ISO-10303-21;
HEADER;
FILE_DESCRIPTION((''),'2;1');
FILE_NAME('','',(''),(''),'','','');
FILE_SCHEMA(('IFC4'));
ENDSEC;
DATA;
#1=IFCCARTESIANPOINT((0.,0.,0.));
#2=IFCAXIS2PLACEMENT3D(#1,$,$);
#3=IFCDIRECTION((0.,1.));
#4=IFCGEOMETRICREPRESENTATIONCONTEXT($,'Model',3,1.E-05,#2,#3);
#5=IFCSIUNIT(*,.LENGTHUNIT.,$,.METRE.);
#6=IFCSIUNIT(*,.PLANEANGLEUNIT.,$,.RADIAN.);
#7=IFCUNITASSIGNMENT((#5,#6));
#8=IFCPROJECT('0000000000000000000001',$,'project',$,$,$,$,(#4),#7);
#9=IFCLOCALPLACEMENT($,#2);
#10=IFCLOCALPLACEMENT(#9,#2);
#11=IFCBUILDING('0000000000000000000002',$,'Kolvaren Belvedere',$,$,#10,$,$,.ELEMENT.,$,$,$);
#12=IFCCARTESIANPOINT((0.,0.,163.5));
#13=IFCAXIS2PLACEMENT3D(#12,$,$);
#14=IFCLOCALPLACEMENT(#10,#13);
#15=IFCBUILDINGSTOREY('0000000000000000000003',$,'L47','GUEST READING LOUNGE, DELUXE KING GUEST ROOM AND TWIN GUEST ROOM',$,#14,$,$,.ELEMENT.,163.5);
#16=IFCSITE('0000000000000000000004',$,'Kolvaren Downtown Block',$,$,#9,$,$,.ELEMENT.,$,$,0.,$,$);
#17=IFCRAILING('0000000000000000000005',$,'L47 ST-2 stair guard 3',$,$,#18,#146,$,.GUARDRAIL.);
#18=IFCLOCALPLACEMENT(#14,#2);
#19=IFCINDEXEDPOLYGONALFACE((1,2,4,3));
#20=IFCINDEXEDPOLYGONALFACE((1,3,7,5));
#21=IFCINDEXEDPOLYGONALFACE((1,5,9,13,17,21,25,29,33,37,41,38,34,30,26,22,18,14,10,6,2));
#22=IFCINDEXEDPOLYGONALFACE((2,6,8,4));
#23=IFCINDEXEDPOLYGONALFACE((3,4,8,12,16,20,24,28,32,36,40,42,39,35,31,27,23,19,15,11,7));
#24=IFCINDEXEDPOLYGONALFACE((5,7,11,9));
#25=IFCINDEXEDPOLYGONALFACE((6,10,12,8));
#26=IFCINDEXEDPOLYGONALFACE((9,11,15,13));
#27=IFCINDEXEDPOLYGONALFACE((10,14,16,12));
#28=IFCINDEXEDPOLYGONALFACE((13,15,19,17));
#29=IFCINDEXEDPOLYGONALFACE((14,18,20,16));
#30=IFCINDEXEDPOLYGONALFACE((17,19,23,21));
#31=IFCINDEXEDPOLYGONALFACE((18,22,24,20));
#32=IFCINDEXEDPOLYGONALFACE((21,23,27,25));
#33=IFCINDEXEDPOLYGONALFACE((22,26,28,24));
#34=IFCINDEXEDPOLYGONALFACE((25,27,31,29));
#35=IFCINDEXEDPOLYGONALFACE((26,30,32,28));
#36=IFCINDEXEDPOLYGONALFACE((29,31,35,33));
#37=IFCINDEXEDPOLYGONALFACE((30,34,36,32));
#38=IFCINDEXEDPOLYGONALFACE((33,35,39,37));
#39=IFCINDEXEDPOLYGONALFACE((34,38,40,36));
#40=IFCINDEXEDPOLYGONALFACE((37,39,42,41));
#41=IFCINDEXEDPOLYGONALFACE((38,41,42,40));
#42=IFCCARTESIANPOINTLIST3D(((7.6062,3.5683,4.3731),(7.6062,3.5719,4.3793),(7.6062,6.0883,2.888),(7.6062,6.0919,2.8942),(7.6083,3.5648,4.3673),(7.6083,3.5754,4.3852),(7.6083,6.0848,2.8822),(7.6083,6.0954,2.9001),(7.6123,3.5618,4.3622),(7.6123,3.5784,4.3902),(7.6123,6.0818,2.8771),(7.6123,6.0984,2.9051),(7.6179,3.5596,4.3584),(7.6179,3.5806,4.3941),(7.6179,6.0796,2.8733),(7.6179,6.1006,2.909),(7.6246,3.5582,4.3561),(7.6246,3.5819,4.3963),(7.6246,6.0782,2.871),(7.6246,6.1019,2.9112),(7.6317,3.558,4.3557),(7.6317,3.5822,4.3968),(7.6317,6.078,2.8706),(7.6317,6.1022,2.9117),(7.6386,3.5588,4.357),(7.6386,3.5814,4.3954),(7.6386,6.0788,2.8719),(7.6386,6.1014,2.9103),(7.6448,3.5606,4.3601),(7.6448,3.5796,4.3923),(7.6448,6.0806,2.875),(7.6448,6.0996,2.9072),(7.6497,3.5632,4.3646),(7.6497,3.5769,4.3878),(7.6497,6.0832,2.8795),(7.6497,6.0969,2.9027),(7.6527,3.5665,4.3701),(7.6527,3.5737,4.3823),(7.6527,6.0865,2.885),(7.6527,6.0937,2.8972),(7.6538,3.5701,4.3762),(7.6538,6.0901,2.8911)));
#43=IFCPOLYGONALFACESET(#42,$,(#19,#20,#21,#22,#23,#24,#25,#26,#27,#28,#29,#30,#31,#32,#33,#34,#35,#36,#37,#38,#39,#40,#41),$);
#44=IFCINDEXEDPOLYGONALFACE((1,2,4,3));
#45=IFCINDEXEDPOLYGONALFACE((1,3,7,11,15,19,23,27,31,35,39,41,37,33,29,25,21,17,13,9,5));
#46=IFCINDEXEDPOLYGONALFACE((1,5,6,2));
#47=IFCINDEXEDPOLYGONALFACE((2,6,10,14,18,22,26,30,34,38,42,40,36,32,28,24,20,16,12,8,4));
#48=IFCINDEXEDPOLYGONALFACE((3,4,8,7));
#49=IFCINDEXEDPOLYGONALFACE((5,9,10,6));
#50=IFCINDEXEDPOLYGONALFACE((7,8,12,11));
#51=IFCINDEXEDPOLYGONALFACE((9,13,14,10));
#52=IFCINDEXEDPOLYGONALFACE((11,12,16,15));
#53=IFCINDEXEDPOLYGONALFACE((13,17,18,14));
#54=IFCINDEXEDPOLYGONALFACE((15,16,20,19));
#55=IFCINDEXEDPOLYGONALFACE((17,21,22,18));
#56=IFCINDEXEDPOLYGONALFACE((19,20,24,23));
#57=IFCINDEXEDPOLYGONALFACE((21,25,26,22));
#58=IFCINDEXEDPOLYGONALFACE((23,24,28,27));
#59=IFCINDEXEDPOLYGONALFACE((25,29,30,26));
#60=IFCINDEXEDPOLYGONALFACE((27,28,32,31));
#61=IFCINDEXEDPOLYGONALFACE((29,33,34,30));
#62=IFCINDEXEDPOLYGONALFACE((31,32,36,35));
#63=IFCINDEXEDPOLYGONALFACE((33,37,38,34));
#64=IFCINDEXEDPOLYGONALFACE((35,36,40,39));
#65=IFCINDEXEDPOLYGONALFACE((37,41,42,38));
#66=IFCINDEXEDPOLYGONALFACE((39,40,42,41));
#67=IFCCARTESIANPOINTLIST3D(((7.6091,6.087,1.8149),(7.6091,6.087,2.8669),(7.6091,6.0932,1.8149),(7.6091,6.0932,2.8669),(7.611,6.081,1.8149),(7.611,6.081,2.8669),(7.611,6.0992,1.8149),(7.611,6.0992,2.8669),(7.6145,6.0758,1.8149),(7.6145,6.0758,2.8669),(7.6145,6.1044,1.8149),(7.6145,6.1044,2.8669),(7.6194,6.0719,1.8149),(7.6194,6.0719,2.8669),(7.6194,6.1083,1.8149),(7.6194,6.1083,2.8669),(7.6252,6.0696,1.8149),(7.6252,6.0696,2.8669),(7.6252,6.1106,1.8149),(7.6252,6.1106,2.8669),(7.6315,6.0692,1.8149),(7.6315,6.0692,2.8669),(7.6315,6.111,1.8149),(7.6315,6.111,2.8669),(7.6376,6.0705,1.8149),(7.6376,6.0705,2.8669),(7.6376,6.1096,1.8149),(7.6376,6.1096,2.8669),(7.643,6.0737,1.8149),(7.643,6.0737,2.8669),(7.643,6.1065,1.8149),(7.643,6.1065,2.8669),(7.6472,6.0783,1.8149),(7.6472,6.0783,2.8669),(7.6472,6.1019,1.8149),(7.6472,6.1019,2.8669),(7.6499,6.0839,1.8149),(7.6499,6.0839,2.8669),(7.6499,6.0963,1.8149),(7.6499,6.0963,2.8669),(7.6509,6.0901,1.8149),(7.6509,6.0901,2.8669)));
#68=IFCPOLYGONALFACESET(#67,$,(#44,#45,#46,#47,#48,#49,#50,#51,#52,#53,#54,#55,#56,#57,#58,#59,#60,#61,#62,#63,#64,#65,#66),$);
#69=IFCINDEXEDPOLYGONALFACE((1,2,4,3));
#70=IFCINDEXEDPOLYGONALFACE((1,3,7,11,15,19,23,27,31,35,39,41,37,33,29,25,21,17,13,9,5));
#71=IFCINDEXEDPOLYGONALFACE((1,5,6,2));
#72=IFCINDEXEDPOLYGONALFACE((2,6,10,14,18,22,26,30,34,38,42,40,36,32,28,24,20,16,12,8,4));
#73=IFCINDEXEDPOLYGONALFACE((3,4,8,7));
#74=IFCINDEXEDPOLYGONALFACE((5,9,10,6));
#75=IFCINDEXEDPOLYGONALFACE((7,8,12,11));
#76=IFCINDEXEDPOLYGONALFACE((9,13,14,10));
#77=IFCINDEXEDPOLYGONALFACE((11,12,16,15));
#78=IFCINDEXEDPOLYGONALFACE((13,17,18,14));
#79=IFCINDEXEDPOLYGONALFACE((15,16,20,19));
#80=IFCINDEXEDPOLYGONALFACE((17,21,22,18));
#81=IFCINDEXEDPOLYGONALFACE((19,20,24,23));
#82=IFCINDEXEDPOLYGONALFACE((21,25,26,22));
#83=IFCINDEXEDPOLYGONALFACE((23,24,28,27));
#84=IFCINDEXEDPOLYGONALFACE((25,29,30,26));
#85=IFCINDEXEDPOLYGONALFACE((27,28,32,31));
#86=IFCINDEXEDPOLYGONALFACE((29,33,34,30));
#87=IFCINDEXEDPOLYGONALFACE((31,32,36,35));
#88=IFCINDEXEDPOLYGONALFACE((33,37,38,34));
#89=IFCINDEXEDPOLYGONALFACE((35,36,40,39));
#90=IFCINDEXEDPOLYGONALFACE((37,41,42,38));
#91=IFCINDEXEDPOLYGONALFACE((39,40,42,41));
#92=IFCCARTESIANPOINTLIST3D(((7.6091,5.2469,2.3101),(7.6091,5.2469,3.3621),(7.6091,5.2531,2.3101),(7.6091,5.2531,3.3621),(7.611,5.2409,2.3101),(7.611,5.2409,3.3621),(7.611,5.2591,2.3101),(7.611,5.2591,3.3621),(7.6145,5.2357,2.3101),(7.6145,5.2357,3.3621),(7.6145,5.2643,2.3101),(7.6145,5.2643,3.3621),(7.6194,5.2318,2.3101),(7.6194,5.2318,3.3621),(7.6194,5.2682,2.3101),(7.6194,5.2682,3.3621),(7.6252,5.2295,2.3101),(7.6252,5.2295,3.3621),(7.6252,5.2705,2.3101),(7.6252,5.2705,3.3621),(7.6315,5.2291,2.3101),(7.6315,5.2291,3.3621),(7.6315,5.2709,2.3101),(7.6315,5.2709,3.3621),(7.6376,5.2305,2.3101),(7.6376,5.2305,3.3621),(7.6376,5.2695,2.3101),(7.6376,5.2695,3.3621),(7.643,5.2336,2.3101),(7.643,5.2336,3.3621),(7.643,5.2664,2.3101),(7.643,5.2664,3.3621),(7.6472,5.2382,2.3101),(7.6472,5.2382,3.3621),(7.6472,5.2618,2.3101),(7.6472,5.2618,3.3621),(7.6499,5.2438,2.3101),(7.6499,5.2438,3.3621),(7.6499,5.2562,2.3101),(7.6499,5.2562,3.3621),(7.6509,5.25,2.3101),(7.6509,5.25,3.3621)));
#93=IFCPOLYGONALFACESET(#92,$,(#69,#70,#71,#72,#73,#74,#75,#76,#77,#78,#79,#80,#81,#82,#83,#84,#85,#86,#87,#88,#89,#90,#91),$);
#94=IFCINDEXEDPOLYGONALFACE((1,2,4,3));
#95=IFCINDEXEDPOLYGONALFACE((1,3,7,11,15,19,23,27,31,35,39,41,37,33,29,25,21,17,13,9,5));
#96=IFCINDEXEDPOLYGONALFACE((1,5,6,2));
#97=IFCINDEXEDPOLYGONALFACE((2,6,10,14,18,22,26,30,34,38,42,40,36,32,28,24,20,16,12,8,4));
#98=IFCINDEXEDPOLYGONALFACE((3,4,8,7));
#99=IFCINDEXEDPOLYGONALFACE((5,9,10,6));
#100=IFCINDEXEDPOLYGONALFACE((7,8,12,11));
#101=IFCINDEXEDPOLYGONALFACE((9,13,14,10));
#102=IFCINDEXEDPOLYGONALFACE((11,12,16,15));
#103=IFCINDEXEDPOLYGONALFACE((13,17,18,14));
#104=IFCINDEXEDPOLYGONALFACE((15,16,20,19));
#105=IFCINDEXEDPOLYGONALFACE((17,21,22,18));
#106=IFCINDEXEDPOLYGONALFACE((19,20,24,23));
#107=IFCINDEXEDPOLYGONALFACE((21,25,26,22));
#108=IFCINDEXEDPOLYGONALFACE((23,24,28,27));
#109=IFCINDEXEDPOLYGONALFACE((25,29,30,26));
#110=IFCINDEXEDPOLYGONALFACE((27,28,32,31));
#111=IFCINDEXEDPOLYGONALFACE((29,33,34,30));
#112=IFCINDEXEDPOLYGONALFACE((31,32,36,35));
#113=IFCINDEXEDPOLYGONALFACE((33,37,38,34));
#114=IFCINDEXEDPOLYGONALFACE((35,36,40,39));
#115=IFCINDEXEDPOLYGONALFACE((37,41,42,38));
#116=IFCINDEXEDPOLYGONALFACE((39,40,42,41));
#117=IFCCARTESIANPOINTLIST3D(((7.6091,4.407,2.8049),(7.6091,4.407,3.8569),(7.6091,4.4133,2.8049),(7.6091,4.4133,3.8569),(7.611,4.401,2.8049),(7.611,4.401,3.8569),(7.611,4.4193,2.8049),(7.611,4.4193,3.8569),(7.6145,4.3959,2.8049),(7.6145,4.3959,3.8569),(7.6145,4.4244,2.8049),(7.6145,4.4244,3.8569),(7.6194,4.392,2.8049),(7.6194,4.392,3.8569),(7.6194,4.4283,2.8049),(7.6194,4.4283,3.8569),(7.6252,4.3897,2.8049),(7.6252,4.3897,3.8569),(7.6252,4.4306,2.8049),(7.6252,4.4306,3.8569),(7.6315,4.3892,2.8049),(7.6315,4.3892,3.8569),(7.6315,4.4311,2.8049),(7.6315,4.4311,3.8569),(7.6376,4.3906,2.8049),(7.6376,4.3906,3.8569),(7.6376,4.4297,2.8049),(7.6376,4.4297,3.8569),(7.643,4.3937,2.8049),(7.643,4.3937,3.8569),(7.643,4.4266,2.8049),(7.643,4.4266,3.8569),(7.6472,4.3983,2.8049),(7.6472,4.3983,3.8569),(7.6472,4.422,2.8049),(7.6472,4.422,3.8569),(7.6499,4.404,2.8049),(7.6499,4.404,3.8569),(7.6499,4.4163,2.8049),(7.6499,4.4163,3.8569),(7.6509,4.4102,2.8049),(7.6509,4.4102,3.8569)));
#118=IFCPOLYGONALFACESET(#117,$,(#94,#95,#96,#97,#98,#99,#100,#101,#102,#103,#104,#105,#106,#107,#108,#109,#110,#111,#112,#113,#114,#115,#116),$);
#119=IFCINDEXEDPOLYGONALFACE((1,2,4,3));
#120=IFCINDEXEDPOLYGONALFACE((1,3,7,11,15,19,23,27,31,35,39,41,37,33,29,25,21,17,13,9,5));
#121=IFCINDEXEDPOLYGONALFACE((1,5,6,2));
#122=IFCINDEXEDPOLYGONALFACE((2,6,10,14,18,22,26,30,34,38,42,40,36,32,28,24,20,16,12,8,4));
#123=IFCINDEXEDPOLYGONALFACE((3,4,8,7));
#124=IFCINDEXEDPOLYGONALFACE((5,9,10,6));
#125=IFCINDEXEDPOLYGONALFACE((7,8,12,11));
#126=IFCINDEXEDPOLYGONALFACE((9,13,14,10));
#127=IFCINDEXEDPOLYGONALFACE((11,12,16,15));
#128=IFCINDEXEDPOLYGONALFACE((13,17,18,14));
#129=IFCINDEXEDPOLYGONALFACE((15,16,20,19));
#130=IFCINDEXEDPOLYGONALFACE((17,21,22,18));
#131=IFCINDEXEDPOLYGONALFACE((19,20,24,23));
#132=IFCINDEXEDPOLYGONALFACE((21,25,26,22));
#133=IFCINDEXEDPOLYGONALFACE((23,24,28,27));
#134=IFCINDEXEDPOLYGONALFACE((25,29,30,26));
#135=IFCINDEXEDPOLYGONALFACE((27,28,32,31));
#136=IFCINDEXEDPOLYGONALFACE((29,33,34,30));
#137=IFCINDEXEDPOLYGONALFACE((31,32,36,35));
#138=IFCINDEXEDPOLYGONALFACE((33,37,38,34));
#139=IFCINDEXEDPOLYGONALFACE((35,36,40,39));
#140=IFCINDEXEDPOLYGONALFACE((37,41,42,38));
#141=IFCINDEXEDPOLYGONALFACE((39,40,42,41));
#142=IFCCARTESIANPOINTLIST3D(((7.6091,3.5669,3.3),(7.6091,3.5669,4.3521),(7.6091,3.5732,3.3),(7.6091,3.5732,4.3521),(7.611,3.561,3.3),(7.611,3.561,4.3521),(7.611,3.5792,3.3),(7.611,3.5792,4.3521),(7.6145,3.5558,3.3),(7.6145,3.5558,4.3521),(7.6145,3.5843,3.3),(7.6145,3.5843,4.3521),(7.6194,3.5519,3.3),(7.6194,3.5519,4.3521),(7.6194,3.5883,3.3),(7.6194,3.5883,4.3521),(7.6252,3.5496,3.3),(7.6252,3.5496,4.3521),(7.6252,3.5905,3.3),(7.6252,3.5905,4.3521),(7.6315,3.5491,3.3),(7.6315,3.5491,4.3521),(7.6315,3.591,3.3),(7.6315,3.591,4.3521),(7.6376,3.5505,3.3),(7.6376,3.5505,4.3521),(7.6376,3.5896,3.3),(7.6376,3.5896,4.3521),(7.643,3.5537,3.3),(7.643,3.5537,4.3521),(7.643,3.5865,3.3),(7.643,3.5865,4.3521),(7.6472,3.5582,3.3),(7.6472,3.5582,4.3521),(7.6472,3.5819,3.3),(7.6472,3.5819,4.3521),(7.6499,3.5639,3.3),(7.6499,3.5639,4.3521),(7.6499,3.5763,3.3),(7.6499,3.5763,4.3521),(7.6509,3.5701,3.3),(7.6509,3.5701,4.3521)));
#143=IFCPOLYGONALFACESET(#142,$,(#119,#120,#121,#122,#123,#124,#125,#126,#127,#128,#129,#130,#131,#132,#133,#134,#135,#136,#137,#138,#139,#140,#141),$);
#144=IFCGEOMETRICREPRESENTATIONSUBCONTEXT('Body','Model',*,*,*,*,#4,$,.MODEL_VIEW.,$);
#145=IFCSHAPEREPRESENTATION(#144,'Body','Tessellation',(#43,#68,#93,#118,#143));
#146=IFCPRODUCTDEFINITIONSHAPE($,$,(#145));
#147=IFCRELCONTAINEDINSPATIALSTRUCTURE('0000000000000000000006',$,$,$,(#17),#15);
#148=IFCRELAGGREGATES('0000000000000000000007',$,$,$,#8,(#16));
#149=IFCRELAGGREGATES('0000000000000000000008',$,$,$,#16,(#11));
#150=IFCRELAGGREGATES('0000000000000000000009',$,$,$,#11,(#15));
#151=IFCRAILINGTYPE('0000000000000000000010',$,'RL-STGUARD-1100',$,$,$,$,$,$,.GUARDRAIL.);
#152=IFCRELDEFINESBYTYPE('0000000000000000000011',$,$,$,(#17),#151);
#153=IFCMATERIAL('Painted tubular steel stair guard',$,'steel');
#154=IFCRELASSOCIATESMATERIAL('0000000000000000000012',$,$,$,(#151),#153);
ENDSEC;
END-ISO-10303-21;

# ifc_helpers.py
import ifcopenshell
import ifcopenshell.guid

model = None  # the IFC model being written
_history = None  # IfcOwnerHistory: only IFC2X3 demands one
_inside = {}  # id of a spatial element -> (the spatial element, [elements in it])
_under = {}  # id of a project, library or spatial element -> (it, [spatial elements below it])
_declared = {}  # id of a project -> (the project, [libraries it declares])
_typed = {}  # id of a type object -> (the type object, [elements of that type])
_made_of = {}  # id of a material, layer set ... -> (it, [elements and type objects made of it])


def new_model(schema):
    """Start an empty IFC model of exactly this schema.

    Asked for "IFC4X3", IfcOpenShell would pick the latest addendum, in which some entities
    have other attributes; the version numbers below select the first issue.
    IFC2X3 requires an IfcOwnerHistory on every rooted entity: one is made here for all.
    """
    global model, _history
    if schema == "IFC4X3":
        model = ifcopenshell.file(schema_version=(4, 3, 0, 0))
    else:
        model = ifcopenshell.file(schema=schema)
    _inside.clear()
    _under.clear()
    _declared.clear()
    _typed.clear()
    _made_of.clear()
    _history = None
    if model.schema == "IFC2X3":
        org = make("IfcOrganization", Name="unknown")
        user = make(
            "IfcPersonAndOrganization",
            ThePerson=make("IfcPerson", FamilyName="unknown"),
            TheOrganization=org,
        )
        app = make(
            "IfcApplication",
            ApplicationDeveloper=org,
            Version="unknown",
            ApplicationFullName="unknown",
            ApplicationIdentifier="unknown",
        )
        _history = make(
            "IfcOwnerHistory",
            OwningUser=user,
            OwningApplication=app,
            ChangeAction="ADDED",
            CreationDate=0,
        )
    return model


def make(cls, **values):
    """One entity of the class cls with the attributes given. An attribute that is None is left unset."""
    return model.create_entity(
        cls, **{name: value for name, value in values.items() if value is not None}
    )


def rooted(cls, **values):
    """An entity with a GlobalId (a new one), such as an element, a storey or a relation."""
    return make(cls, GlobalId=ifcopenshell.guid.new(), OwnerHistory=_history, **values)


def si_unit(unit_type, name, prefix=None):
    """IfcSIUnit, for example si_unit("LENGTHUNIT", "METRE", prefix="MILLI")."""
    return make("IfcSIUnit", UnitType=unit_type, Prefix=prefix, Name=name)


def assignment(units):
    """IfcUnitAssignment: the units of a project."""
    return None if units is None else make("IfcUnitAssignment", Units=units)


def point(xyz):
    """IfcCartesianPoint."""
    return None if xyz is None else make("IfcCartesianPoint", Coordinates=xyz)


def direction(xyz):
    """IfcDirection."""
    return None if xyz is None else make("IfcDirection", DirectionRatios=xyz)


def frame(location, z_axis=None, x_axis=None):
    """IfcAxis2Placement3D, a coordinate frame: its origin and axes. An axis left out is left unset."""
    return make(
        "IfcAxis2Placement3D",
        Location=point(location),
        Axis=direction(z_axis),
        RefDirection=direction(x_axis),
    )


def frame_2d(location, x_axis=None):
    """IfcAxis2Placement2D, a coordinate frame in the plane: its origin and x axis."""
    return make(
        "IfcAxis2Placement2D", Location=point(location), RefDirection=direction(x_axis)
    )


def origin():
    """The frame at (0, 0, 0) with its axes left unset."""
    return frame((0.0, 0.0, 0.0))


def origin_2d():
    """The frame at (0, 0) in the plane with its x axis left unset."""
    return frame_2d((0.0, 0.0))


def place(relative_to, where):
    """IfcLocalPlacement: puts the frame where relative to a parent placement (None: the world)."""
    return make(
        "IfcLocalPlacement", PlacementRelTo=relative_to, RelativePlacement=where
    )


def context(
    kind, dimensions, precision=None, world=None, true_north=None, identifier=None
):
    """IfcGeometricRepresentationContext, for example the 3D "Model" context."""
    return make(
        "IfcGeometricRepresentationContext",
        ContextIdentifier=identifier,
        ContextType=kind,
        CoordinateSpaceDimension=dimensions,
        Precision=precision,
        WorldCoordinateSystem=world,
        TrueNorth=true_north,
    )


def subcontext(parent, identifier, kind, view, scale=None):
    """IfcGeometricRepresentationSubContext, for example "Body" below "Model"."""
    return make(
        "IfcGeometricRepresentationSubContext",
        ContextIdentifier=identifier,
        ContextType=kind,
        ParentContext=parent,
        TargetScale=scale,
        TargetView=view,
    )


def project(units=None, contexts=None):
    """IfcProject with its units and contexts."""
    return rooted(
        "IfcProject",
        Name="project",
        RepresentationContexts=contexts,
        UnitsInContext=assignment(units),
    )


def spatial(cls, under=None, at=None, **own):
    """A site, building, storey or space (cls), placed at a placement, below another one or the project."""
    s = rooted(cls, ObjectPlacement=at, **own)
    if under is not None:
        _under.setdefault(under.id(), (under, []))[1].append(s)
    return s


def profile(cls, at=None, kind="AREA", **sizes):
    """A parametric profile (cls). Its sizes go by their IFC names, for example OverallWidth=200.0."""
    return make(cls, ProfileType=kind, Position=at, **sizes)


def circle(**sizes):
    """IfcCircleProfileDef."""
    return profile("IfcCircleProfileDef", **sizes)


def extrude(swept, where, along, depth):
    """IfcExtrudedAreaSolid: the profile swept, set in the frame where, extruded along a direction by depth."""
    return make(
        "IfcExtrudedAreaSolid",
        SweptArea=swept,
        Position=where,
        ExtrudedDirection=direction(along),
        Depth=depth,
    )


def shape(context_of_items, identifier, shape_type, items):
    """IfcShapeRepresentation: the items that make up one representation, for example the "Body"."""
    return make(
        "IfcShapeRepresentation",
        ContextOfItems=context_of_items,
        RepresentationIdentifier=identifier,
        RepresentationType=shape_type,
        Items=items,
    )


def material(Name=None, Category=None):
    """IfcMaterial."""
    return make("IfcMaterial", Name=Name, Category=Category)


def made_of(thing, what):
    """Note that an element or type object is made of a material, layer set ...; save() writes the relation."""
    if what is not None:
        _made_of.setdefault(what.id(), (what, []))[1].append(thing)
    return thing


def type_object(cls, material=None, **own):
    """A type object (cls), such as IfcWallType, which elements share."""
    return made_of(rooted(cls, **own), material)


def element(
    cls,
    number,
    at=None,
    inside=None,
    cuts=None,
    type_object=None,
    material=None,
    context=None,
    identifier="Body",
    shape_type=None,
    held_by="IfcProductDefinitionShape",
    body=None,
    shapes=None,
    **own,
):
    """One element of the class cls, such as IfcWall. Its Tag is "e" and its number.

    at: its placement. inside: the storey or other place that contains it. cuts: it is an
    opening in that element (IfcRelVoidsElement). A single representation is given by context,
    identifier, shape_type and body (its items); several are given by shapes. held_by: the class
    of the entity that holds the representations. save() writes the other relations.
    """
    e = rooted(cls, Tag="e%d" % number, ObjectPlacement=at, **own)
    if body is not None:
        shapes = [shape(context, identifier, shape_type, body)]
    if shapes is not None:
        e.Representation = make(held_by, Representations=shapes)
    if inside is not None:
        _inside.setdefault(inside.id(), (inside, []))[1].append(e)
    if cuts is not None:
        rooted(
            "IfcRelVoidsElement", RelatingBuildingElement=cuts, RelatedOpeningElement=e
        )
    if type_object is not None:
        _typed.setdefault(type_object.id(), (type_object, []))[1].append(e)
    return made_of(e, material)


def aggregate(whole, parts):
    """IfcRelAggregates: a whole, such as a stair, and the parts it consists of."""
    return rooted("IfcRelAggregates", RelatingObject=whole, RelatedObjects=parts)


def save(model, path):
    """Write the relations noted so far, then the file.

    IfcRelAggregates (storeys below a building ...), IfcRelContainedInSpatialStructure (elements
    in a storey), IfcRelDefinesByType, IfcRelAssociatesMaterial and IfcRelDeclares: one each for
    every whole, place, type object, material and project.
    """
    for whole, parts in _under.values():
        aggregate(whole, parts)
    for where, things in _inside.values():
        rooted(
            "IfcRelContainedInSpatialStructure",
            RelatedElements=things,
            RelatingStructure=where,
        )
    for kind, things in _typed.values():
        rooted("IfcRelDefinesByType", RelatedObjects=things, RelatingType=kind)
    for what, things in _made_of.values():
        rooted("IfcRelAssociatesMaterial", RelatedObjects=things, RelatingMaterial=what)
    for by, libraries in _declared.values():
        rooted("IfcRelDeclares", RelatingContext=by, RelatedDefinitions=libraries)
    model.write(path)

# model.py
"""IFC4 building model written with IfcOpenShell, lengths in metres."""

from ifc_helpers import new_model, si_unit, direction, frame, origin, origin_2d, place, context, subcontext, project, spatial, circle, extrude, material, type_object, element, save


model = new_model("IFC4")

# Units and contexts
model_context = context("Model", 3, precision=1e-05, world=origin(), true_north=direction((0.0, 1.0)))
body_context = subcontext(model_context, "Body", "Model", "MODEL_VIEW")
ifc_project = project(units=[si_unit("LENGTHUNIT", "METRE"), si_unit("PLANEANGLEUNIT", "RADIAN")], contexts=[model_context])

# Site, building, storey
site_placement = place(None, origin())
site = spatial("IfcSite", under=ifc_project, at=site_placement, Name="Kolvaren Downtown Block", CompositionType="ELEMENT", RefElevation=0.0)
building_placement = place(site_placement, origin())
building = spatial("IfcBuilding", under=site, at=building_placement, Name="Kolvaren Belvedere", CompositionType="ELEMENT")
storey_placement = place(building_placement, frame((0.0, 0.0, 163.5)))
storey = spatial("IfcBuildingStorey", under=building, at=storey_placement, Name="L47", Description="GUEST READING LOUNGE, DELUXE KING GUEST ROOM AND TWIN GUEST ROOM", CompositionType="ELEMENT", Elevation=163.5)

# Railing
ifc_material_1 = material(Name="Painted tubular steel stair guard", Category="steel")
railing_type_1 = type_object("IfcRailingType", Name="RL-STGUARD-1100", PredefinedType="GUARDRAIL", material=ifc_material_1)
railing_1_placement = place(storey_placement, frame((7.6299, 6.0901, 1.8149)))
element("IfcRailing", 1, at=railing_1_placement, inside=storey, type_object=railing_type_1, Name="L47 ST-2 stair guard 3", PredefinedType="GUARDRAIL", context=body_context, shape_type="SweptSolid", body=[
    extrude(circle(Radius=0.0239, at=origin_2d()), frame((0.0, 0.0, 1.0762), z_axis=(0.0, -0.861524, 0.507717), x_axis=(1.0, 0.0, 0.0)), (0.0, 0.0, 1.0), 2.925),
    extrude(circle(Radius=0.021, at=origin_2d()), origin(), (0.0, 0.0, 1.0), 1.052),
    extrude(circle(Radius=0.021, at=origin_2d()), frame((0.0, -0.8401, 0.4951)), (0.0, 0.0, 1.0), 1.052),
    extrude(circle(Radius=0.021, at=origin_2d()), frame((0.0, -1.6799, 0.99)), (0.0, 0.0, 1.0), 1.052),
    extrude(circle(Radius=0.021, at=origin_2d()), frame((0.0, -2.52, 1.4851)), (0.0, 0.0, 1.0), 1.052),
])

save(model, "model.ifc")
